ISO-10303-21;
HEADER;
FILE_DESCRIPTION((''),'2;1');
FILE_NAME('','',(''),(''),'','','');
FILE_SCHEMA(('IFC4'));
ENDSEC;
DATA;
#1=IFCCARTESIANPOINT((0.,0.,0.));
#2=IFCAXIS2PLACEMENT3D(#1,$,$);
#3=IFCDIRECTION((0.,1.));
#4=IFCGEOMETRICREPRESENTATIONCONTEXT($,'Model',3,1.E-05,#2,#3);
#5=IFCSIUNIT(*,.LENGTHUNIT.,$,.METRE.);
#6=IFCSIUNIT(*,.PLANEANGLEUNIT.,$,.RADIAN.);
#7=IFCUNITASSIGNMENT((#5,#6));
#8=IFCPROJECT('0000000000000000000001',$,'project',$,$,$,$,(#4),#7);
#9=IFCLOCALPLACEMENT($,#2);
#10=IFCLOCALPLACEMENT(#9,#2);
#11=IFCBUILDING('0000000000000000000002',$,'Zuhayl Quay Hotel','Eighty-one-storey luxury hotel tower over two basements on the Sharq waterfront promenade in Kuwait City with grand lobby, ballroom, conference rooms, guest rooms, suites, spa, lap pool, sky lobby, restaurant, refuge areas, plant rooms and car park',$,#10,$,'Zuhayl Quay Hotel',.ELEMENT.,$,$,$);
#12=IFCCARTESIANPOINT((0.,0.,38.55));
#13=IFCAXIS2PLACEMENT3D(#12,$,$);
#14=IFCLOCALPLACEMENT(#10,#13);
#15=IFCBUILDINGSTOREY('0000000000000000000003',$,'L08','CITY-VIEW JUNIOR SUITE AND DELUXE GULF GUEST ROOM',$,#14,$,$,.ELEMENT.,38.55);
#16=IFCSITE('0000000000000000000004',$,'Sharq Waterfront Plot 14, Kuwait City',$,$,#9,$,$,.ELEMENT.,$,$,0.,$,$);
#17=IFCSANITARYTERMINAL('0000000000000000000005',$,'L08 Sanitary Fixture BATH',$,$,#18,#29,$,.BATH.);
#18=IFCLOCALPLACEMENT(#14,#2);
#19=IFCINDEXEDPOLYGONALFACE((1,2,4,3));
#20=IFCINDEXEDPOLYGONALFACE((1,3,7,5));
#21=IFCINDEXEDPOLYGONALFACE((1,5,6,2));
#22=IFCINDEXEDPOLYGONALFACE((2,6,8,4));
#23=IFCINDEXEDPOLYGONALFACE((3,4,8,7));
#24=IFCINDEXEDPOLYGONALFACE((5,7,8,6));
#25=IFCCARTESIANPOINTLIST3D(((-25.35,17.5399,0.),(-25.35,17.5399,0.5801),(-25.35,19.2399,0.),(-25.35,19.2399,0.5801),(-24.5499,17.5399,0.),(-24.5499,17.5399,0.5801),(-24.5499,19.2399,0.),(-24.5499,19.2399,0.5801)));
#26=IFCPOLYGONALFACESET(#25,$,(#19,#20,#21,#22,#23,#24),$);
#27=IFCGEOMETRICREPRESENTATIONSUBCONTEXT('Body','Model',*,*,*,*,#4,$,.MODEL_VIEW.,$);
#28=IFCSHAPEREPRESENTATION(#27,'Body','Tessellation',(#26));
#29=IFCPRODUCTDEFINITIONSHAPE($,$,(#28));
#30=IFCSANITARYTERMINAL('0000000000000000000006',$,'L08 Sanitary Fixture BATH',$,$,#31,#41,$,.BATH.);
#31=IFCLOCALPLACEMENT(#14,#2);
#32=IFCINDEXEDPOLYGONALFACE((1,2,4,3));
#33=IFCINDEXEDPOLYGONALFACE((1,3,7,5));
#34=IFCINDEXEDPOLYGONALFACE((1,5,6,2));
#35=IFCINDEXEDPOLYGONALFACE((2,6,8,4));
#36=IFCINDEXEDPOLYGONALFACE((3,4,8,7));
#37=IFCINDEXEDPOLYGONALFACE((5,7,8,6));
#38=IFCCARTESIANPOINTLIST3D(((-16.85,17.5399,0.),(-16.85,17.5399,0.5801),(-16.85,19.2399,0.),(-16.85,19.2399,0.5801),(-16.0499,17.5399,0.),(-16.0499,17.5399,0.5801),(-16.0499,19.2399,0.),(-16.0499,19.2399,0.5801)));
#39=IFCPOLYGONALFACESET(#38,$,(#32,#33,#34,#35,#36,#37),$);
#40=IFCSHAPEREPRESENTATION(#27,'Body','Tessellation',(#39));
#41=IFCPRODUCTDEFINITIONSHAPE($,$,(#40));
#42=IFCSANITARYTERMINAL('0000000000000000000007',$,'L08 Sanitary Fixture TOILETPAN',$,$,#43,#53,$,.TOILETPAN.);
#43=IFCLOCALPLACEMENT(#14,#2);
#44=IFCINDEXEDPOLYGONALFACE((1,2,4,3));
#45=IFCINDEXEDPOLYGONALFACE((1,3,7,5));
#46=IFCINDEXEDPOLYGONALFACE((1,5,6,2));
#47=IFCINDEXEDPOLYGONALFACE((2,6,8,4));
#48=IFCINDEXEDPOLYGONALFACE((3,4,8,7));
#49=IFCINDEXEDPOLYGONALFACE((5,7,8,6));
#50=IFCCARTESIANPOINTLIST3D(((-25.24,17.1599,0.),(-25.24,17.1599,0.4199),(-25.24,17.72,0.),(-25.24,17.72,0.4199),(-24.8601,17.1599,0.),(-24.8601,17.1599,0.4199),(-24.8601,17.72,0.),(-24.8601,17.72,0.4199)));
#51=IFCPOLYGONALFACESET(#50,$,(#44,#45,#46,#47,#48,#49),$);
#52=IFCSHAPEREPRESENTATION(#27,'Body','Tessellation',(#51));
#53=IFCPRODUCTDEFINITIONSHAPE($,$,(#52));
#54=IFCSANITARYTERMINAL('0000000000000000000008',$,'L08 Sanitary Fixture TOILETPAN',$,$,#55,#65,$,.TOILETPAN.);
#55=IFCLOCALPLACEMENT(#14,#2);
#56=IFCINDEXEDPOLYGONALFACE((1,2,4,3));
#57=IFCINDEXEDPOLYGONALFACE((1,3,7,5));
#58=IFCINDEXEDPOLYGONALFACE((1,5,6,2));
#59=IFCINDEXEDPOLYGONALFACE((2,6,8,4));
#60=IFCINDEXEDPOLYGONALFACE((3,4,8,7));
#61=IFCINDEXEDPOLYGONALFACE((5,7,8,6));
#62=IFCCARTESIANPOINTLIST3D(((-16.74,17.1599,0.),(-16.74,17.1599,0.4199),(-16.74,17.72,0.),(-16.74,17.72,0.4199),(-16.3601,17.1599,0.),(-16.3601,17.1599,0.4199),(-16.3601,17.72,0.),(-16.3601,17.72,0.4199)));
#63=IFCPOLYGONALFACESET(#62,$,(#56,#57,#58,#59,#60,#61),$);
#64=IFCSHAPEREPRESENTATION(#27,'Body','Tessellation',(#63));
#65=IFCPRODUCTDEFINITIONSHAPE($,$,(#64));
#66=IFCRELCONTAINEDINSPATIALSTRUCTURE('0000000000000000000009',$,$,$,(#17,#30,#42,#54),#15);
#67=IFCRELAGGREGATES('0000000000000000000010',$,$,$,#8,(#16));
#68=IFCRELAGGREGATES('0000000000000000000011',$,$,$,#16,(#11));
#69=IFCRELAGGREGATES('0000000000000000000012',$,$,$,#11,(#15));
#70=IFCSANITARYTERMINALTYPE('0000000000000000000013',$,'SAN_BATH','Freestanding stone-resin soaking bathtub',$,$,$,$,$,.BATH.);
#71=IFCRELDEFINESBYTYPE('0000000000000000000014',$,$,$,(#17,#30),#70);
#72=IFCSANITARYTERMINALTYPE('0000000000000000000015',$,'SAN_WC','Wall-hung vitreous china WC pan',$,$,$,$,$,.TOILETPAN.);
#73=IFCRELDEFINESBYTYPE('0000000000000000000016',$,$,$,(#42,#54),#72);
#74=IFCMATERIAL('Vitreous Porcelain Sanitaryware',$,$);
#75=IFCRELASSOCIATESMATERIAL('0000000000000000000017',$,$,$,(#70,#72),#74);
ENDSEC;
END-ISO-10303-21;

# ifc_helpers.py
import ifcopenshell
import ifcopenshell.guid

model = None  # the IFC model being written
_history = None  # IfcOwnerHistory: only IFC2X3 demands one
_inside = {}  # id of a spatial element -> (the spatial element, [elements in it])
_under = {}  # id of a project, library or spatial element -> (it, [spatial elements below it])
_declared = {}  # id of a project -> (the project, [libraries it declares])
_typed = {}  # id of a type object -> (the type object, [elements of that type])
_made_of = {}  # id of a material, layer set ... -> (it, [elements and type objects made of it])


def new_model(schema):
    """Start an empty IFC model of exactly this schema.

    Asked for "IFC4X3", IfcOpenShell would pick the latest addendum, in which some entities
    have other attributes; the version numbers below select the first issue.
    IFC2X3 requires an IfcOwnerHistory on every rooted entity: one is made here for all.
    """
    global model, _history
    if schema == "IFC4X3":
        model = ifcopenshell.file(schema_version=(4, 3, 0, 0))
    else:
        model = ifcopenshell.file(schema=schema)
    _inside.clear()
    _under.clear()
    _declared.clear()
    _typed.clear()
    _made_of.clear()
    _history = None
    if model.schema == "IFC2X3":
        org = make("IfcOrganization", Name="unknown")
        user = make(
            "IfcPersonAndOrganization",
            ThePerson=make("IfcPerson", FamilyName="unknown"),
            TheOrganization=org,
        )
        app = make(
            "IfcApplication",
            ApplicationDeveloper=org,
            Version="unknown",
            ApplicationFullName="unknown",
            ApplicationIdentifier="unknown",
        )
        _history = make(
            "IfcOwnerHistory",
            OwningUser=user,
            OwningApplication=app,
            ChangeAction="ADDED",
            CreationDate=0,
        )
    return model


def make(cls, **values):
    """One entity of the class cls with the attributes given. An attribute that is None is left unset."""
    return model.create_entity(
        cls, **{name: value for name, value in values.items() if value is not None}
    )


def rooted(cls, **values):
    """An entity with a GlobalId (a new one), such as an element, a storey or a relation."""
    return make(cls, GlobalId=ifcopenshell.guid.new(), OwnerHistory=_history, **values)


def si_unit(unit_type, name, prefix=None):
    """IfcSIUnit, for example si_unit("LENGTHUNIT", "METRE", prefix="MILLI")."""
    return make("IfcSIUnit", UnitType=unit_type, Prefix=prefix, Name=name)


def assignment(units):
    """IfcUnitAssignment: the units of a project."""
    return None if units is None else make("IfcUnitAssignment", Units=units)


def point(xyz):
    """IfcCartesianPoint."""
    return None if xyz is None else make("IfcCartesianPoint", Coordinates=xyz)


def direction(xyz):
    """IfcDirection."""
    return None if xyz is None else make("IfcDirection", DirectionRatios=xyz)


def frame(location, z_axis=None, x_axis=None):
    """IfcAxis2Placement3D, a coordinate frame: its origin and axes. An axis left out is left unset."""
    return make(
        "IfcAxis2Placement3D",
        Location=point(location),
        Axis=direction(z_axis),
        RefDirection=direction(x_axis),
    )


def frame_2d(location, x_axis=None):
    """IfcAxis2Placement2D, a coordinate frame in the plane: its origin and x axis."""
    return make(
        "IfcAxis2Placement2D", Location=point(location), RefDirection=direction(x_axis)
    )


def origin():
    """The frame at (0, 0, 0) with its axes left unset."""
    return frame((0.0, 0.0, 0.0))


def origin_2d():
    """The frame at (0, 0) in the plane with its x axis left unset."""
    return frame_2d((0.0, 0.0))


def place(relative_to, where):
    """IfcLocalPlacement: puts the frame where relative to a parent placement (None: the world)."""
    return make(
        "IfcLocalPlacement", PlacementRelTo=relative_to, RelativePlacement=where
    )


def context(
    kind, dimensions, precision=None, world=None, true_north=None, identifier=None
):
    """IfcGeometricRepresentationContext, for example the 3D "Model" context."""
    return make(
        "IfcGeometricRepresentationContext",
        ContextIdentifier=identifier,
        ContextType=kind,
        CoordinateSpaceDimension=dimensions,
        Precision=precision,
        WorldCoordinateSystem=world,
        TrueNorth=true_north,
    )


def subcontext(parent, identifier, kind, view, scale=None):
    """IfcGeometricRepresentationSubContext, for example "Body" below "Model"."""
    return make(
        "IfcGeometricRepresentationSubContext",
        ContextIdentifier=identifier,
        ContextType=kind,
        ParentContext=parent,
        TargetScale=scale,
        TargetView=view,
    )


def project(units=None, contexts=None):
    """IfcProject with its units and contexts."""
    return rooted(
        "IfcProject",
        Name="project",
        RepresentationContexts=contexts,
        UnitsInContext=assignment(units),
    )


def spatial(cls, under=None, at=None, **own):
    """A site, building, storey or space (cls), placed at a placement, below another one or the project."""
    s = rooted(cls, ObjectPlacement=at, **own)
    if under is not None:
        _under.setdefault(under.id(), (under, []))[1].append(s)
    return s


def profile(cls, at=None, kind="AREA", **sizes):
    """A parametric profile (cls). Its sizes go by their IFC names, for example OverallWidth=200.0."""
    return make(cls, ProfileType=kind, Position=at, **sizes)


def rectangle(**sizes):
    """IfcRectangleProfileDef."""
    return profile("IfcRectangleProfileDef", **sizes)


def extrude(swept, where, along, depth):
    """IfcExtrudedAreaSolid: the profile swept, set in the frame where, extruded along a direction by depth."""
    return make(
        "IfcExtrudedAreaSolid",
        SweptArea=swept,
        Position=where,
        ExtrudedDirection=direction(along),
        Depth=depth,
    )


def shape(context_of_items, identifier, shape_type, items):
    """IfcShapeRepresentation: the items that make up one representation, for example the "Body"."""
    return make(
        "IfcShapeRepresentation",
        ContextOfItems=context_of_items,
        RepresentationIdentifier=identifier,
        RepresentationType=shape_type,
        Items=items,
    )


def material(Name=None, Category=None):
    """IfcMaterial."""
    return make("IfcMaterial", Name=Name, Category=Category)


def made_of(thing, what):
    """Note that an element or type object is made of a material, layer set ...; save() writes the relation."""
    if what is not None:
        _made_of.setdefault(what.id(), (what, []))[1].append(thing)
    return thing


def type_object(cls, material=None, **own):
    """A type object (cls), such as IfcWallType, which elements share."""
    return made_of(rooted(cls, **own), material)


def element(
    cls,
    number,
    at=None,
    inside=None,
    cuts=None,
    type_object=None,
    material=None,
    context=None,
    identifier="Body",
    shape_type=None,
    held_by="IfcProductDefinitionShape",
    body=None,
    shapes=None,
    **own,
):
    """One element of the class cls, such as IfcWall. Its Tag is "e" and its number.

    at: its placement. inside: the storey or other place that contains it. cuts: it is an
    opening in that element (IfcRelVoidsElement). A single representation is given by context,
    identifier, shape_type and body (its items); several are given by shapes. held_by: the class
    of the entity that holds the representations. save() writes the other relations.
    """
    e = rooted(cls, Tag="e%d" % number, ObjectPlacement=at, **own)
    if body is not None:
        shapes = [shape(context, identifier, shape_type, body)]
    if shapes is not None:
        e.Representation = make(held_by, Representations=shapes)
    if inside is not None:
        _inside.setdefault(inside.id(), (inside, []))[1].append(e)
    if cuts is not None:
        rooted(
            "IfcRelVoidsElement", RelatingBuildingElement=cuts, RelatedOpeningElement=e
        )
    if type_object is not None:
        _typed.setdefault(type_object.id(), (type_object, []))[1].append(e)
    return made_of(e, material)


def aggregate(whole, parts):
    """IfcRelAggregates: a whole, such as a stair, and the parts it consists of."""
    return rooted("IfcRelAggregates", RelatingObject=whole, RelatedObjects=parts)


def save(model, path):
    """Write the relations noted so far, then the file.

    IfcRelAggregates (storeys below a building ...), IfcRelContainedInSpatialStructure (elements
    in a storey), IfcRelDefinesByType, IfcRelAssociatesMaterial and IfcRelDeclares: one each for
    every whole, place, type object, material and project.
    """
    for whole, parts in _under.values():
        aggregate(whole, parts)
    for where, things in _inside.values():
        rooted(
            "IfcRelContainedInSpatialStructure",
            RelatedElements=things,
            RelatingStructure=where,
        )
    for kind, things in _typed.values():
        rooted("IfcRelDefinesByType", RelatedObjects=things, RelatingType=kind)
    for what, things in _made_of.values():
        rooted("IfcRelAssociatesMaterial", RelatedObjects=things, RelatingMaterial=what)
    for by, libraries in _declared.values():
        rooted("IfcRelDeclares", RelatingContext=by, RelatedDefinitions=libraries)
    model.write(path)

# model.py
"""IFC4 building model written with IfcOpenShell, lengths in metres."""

from ifc_helpers import new_model, si_unit, direction, frame, origin, origin_2d, place, context, subcontext, project, spatial, rectangle, extrude, material, type_object, element, save


model = new_model("IFC4")

# Units and contexts
model_context = context("Model", 3, precision=1e-05, world=origin(), true_north=direction((0.0, 1.0)))
body_context = subcontext(model_context, "Body", "Model", "MODEL_VIEW")
ifc_project = project(units=[si_unit("LENGTHUNIT", "METRE"), si_unit("PLANEANGLEUNIT", "RADIAN")], contexts=[model_context])

# Site, building, storey
site_placement = place(None, origin())
site = spatial("IfcSite", under=ifc_project, at=site_placement, Name="Sharq Waterfront Plot 14, Kuwait City", CompositionType="ELEMENT", RefElevation=0.0)
building_placement = place(site_placement, origin())
building = spatial("IfcBuilding", under=site, at=building_placement, Name="Zuhayl Quay Hotel", Description="Eighty-one-storey luxury hotel tower over two basements on the Sharq waterfront promenade in Kuwait City with grand lobby, ballroom, conference rooms, guest rooms, suites, spa, lap pool, sky lobby, restaurant, refuge areas, plant rooms and car park", LongName="Zuhayl Quay Hotel", CompositionType="ELEMENT")
storey_placement = place(building_placement, frame((0.0, 0.0, 38.55)))
storey = spatial("IfcBuildingStorey", under=building, at=storey_placement, Name="L08", Description="CITY-VIEW JUNIOR SUITE AND DELUXE GULF GUEST ROOM", CompositionType="ELEMENT", Elevation=38.55)

# Sanitary terminals
ifc_material_1 = material(Name="Vitreous Porcelain Sanitaryware")
sanitary_terminal_type_1 = type_object("IfcSanitaryTerminalType", Name="SAN_BATH", Description="Freestanding stone-resin soaking bathtub", PredefinedType="BATH", material=ifc_material_1)
for number, where, z_axis, x_axis, name in (
    (1, (-24.95, 18.3899, 0.0), (0.0, 0.0, 1.0), (1.0, 0.0, 0.0), "L08 Sanitary Fixture BATH"),
    (2, (-16.45, 18.3899, 0.0), (0.0, 0.0, 1.0), (1.0, 0.0, 0.0), "L08 Sanitary Fixture BATH"),
):
    element("IfcSanitaryTerminal", number, at=place(storey_placement, frame(where, z_axis=z_axis, x_axis=x_axis)), inside=storey, type_object=sanitary_terminal_type_1, Name=name, PredefinedType="BATH", context=body_context, shape_type="SweptSolid", body=[
        extrude(rectangle(XDim=0.8, YDim=1.7, at=origin_2d()), origin(), (0.0, 0.0, 1.0), 0.5801),
    ])
sanitary_terminal_type_2 = type_object("IfcSanitaryTerminalType", Name="SAN_WC", Description="Wall-hung vitreous china WC pan", PredefinedType="TOILETPAN", material=ifc_material_1)
for number, where, z_axis, x_axis, name in (
    (3, (-25.05, 17.4399, 0.0), (0.0, 0.0, 1.0), (1.0, 0.0, 0.0), "L08 Sanitary Fixture TOILETPAN"),
    (4, (-16.55, 17.4399, 0.0), (0.0, 0.0, 1.0), (1.0, 0.0, 0.0), "L08 Sanitary Fixture TOILETPAN"),
):
    element("IfcSanitaryTerminal", number, at=place(storey_placement, frame(where, z_axis=z_axis, x_axis=x_axis)), inside=storey, type_object=sanitary_terminal_type_2, Name=name, PredefinedType="TOILETPAN", context=body_context, shape_type="SweptSolid", body=[
        extrude(rectangle(XDim=0.3799, YDim=0.5601, at=origin_2d()), origin(), (0.0, 0.0, 1.0), 0.4199),
    ])

save(model, "model.ifc")
